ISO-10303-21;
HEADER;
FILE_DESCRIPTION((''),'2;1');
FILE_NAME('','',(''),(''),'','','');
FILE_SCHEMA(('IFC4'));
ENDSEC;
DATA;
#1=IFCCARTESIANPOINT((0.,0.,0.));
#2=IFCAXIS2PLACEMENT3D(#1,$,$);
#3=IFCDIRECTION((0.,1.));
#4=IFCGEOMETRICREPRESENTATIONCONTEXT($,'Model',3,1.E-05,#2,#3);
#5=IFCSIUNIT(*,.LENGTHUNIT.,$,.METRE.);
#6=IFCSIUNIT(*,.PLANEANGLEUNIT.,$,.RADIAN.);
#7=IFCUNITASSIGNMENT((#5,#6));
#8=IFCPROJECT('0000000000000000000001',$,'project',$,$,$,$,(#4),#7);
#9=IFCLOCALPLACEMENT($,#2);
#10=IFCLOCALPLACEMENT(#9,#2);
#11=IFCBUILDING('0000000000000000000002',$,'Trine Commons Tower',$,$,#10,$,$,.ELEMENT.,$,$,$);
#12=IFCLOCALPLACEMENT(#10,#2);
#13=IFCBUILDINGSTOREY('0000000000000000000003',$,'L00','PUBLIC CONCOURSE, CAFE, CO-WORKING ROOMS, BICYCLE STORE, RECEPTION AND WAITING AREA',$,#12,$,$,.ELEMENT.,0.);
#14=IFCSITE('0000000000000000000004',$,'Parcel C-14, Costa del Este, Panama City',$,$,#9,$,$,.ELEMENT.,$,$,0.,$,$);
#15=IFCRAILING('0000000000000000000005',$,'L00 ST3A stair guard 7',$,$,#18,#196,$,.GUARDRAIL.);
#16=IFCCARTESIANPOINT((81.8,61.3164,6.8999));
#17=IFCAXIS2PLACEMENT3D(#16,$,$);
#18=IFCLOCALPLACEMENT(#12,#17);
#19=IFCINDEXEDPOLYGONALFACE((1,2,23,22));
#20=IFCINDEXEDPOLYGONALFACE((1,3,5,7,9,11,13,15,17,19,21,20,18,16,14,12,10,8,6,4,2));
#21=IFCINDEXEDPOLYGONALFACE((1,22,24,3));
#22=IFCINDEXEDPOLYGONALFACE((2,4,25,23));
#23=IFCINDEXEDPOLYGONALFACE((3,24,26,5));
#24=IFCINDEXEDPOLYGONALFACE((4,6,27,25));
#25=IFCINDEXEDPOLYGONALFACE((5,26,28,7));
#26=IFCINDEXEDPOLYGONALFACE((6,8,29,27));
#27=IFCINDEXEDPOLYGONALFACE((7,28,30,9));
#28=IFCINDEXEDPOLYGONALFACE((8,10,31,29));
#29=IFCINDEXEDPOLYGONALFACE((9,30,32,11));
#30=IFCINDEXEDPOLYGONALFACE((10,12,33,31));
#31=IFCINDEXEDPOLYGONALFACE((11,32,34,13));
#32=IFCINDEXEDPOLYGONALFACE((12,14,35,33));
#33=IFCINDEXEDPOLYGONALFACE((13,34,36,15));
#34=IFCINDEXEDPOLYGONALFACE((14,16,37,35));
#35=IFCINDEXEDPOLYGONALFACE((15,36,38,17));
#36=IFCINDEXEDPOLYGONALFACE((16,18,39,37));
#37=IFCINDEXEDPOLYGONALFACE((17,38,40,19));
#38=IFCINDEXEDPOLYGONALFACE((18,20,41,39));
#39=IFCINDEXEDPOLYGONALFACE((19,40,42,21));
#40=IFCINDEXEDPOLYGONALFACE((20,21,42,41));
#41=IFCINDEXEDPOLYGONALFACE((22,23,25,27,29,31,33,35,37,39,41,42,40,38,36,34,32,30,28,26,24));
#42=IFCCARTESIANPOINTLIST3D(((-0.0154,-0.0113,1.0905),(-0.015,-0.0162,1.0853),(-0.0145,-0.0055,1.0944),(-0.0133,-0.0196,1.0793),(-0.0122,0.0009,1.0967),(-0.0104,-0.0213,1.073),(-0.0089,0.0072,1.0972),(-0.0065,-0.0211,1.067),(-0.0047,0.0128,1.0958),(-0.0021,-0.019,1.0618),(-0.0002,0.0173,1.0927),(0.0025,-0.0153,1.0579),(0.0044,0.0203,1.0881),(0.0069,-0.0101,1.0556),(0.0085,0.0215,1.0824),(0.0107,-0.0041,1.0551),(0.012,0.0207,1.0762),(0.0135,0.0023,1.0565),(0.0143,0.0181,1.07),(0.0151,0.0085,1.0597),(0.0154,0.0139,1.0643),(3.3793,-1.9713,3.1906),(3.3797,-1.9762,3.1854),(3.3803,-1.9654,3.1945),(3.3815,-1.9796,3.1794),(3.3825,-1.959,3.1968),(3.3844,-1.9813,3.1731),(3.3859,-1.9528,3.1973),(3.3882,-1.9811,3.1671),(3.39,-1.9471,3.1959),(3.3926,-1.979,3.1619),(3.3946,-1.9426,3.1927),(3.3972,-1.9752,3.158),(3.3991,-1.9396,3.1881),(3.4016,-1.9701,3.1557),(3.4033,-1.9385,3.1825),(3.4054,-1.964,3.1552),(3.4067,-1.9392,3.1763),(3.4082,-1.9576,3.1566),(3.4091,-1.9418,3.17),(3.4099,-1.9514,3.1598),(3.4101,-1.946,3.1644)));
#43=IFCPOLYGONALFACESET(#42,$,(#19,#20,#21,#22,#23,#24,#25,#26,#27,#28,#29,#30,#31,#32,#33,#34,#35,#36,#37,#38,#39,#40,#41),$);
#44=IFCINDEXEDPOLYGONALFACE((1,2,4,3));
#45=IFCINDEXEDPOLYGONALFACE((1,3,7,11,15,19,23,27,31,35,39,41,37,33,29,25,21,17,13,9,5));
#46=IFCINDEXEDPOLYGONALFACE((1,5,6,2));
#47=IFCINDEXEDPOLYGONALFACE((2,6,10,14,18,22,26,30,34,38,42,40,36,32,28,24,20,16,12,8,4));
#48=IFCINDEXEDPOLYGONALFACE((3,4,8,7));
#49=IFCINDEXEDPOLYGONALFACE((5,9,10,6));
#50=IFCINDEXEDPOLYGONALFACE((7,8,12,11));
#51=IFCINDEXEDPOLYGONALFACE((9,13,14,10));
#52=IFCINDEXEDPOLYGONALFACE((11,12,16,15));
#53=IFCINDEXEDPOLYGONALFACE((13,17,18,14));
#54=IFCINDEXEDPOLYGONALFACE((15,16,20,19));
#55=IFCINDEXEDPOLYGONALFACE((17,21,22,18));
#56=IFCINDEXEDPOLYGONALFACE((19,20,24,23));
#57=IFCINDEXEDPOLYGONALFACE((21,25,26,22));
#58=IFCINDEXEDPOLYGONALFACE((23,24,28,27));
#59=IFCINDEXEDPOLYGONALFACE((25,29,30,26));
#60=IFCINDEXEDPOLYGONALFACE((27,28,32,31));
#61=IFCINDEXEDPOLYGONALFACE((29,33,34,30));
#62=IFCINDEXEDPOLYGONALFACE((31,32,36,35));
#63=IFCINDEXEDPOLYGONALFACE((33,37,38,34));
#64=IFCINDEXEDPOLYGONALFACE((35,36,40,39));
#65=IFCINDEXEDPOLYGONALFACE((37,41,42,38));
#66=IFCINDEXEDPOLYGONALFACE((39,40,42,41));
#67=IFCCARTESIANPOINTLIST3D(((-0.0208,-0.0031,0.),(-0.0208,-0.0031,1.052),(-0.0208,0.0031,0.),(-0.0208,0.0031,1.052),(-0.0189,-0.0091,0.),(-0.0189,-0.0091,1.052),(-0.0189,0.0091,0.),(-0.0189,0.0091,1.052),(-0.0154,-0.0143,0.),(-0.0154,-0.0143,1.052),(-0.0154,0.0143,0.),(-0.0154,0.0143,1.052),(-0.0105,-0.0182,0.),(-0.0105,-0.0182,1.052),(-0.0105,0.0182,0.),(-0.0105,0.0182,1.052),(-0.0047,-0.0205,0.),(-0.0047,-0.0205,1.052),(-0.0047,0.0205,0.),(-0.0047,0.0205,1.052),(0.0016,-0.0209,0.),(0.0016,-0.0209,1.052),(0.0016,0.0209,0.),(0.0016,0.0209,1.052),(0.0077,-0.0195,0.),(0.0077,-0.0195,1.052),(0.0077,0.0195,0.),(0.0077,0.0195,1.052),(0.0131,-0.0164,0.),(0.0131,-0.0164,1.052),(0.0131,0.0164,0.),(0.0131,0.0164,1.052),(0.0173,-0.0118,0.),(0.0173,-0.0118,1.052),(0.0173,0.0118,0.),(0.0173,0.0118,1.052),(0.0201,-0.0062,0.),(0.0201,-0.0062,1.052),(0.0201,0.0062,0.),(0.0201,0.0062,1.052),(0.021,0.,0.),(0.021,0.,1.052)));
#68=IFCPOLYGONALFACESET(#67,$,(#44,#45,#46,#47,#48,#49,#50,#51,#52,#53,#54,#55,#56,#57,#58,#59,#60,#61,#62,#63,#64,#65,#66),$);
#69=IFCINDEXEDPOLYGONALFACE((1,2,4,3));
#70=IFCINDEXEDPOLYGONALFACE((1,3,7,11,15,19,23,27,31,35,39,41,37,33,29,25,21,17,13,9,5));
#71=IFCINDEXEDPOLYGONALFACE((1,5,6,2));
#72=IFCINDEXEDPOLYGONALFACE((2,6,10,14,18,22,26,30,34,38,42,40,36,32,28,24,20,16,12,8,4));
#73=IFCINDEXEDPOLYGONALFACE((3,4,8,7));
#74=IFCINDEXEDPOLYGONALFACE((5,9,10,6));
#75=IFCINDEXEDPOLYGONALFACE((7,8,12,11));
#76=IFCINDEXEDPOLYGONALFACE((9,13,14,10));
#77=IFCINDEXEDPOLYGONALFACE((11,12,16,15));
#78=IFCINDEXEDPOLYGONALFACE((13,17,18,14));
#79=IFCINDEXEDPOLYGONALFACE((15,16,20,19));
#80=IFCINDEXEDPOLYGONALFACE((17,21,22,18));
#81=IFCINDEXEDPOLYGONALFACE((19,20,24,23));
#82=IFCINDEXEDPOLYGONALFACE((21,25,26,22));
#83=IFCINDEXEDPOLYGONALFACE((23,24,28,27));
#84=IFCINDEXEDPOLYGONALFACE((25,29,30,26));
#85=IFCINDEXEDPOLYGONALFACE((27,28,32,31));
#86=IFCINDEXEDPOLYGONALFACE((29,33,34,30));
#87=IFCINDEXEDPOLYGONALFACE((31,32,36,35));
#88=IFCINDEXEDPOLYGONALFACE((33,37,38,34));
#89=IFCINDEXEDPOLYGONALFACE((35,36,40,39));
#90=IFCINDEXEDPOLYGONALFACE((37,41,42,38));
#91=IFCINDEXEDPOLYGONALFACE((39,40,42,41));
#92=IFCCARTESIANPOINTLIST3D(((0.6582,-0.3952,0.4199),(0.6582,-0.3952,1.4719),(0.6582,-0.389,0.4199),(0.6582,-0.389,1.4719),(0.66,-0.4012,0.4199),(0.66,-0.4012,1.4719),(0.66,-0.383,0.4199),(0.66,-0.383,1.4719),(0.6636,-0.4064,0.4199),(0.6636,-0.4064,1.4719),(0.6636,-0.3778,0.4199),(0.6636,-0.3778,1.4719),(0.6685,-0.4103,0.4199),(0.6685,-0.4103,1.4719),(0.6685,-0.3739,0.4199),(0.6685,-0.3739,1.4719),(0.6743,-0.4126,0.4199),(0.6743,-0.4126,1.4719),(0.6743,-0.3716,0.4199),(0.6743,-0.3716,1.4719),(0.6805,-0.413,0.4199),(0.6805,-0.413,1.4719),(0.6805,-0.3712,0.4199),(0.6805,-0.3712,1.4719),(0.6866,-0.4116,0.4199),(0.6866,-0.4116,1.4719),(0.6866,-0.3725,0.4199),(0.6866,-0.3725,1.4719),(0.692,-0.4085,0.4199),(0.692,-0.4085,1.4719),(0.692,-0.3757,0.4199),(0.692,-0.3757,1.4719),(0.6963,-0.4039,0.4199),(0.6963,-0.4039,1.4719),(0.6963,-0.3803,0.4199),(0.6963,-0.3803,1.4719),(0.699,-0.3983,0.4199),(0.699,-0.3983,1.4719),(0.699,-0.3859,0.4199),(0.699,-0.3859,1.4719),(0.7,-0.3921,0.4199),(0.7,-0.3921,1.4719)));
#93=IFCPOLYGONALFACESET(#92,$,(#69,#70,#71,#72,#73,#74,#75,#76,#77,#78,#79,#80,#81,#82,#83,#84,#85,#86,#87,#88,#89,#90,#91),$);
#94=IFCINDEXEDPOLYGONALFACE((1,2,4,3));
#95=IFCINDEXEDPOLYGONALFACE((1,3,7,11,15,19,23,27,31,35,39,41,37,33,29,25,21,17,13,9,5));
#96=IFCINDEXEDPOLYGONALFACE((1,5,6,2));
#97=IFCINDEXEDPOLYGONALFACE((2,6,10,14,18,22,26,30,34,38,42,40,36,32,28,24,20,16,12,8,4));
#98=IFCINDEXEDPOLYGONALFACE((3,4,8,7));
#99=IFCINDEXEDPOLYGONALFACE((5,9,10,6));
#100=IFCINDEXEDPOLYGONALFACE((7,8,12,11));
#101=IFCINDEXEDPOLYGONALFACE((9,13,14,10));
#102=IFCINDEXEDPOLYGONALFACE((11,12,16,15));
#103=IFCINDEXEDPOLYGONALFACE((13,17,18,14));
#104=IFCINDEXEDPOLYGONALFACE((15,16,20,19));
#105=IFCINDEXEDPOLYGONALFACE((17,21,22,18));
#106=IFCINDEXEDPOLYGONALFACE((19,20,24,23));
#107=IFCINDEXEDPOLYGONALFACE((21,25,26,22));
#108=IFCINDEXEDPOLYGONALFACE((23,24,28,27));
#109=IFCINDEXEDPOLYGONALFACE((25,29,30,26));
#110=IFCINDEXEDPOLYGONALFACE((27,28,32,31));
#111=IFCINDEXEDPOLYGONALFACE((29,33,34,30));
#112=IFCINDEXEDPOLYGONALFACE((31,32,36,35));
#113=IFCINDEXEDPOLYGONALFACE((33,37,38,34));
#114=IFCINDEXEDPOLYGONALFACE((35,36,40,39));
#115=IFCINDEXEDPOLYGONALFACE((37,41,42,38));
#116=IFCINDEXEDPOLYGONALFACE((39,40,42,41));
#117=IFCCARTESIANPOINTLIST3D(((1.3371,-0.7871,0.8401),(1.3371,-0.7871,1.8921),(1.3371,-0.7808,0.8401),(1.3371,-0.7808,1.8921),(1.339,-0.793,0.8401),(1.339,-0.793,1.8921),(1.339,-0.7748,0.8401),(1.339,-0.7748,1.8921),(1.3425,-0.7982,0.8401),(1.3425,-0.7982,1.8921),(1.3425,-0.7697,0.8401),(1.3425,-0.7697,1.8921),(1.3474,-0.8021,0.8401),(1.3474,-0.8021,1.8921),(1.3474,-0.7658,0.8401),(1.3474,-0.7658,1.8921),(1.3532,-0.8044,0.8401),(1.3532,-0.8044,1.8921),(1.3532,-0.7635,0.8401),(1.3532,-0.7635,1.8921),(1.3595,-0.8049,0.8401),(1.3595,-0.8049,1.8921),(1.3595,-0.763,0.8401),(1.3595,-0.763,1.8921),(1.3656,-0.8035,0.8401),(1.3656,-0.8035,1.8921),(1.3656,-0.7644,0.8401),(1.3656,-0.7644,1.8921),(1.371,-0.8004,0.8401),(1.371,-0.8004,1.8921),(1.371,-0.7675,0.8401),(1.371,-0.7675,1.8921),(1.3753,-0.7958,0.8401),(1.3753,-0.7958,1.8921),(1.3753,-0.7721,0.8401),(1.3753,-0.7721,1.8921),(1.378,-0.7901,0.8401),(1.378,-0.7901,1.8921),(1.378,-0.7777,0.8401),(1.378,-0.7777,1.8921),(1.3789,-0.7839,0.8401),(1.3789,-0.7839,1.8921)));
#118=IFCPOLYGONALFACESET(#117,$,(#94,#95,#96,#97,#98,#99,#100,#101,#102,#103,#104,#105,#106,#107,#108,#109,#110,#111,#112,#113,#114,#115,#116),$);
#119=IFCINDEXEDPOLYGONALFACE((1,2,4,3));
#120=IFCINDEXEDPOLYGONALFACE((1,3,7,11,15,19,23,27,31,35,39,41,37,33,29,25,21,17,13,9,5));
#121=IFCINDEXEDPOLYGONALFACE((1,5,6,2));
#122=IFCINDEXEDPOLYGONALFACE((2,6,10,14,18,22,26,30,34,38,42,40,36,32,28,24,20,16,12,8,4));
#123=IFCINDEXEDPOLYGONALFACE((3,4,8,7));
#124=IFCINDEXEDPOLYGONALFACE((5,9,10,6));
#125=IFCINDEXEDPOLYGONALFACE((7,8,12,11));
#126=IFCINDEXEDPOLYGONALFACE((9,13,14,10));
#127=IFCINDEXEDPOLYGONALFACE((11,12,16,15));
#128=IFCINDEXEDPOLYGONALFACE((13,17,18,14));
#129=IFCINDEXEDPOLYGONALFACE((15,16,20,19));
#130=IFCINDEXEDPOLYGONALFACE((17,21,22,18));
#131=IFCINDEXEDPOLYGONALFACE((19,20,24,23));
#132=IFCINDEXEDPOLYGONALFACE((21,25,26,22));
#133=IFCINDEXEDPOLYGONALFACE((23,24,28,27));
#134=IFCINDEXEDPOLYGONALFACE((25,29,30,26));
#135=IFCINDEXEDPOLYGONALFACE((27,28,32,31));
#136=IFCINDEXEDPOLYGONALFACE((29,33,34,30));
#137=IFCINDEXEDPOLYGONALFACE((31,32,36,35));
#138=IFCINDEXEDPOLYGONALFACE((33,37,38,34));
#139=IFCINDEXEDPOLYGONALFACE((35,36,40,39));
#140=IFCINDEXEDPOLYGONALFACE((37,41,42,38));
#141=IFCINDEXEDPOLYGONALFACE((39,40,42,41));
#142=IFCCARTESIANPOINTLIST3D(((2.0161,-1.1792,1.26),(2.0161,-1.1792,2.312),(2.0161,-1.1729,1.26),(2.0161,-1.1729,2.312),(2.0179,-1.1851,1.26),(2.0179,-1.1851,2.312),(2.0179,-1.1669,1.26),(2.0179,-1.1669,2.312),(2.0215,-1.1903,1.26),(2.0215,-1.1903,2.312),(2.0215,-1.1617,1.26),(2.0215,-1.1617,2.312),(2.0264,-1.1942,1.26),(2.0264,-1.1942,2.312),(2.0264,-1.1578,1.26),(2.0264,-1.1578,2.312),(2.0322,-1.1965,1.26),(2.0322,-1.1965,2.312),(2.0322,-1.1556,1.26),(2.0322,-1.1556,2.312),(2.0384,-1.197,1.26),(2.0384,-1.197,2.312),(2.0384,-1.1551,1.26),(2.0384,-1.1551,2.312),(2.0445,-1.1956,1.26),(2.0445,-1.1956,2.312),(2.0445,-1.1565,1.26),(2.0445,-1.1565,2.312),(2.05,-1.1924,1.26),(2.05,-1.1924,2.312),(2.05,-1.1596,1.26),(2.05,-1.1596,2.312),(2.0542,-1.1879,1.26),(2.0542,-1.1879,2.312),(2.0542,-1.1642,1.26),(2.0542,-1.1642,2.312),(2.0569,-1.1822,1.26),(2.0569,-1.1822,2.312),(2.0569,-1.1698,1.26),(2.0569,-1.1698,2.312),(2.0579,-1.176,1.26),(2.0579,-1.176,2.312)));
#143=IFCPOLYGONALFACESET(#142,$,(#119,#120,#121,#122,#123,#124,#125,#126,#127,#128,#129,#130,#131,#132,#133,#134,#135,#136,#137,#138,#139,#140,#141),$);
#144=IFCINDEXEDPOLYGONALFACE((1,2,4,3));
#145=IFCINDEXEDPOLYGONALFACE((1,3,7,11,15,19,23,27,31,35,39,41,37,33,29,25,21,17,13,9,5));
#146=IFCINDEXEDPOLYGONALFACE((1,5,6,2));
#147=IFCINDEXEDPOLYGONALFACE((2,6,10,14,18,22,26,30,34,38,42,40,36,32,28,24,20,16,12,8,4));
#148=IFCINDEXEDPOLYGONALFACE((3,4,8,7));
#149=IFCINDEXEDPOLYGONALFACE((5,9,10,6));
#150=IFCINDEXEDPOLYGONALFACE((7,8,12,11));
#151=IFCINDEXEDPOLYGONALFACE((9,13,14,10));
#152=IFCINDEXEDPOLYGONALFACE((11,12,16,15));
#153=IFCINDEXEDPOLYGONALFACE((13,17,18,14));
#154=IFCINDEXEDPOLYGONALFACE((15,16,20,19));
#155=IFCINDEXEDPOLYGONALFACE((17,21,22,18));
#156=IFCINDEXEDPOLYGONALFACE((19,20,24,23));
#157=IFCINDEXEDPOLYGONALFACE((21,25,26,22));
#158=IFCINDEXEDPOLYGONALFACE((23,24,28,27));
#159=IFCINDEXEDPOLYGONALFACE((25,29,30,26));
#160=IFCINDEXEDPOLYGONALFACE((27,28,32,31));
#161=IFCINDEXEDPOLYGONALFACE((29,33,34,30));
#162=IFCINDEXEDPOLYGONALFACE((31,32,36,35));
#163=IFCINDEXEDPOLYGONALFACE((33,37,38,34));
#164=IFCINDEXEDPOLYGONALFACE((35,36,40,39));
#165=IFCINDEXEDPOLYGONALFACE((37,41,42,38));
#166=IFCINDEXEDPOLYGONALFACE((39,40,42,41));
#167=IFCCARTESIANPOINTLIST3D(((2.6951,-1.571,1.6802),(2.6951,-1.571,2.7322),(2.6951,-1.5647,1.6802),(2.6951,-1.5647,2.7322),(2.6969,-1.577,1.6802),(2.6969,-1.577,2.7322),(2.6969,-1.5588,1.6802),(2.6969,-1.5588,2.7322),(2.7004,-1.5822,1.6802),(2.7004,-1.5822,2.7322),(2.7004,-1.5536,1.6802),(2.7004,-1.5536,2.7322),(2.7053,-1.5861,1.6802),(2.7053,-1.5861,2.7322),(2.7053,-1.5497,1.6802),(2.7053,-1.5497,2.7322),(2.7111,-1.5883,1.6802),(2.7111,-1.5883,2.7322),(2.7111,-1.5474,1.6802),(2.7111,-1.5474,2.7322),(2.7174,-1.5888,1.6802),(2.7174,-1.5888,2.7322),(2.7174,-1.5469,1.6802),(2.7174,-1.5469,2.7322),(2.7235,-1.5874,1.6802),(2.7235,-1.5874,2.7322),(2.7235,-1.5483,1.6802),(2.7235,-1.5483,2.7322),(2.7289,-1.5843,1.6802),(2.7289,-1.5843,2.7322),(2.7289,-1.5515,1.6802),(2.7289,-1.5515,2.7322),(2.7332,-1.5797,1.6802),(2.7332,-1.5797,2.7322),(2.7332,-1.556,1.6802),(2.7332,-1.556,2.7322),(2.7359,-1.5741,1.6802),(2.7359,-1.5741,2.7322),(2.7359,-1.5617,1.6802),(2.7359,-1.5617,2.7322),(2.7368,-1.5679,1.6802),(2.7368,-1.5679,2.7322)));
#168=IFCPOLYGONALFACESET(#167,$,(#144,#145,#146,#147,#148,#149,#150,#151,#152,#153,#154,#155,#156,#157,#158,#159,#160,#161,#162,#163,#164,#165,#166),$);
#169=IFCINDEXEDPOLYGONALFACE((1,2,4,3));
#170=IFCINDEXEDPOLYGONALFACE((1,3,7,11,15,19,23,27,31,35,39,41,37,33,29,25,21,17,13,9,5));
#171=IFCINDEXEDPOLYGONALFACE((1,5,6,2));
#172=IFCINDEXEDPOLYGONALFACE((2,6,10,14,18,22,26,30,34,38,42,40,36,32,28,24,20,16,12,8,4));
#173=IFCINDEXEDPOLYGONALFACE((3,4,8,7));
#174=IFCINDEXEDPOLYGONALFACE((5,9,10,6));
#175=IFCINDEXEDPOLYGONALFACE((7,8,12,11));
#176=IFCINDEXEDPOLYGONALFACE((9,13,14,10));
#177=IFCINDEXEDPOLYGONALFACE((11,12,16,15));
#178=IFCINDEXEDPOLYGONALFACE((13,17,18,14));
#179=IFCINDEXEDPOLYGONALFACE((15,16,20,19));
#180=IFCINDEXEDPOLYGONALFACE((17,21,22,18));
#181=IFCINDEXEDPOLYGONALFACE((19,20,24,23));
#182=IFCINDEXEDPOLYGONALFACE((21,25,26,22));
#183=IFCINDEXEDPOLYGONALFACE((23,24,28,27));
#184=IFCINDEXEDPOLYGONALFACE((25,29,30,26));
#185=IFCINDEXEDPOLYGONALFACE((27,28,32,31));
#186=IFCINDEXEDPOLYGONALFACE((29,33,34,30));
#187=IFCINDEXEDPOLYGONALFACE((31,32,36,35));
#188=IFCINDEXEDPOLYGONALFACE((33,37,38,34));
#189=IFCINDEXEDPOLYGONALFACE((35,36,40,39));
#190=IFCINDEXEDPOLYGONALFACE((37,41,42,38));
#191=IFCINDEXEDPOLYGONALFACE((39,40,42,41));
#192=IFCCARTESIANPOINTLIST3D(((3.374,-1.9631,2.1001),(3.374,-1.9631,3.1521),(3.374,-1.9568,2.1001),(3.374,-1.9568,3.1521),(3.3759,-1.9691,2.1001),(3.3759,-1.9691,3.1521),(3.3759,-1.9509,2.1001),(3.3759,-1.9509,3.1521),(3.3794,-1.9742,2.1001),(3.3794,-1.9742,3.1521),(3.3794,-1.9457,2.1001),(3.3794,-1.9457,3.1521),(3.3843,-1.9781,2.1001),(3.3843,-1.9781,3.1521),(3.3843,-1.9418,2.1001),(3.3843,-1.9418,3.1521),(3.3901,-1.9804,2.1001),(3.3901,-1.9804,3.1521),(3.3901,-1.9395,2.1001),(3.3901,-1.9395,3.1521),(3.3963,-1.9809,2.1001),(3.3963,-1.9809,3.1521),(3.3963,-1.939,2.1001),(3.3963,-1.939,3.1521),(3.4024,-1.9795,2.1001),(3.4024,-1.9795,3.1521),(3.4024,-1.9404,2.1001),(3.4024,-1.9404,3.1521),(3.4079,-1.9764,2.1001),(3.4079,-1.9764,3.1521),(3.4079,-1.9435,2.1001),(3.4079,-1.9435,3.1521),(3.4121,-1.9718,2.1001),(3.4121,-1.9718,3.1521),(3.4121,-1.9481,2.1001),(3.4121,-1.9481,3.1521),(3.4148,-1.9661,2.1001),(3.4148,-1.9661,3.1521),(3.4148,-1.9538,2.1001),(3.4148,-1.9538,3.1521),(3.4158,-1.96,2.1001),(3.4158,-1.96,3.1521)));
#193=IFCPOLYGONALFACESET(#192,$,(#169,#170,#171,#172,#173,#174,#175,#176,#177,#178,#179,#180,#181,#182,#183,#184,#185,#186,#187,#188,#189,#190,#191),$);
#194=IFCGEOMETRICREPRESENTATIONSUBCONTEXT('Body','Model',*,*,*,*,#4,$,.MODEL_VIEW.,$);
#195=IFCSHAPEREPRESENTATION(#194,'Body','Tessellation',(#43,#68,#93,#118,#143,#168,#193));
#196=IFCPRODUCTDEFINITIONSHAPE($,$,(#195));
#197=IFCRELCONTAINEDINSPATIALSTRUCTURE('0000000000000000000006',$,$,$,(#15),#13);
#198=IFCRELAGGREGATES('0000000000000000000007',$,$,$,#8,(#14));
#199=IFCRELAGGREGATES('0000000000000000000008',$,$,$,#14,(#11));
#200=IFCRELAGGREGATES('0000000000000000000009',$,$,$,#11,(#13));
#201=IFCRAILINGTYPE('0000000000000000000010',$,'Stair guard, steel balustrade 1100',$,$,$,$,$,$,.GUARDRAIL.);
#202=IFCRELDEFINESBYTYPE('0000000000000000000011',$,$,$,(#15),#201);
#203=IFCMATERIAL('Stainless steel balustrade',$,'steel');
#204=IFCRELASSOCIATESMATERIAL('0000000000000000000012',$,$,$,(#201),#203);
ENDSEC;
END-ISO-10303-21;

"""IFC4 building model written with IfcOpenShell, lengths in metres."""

from ifc_helpers import new_model, si_unit, direction, frame, origin, origin_2d, place, context, subcontext, project, spatial, circle, extrude, material, type_object, element, save


model = new_model("IFC4")

# Units and contexts
model_context = context("Model", 3, precision=1e-05, world=origin(), true_north=direction((0.0, 1.0)))
body_context = subcontext(model_context, "Body", "Model", "MODEL_VIEW")
ifc_project = project(units=[si_unit("LENGTHUNIT", "METRE"), si_unit("PLANEANGLEUNIT", "RADIAN")], contexts=[model_context])

# Site, building, storey
site_placement = place(None, origin())
site = spatial("IfcSite", under=ifc_project, at=site_placement, Name="Parcel C-14, Costa del Este, Panama City", CompositionType="ELEMENT", RefElevation=0.0)
building_placement = place(site_placement, origin())
building = spatial("IfcBuilding", under=site, at=building_placement, Name="Trine Commons Tower", CompositionType="ELEMENT")
storey_placement = place(building_placement, origin())
storey = spatial("IfcBuildingStorey", under=building, at=storey_placement, Name="L00", Description="PUBLIC CONCOURSE, CAFE, CO-WORKING ROOMS, BICYCLE STORE, RECEPTION AND WAITING AREA", CompositionType="ELEMENT", Elevation=0.0)

# Railing
ifc_material_1 = material(Name="Stainless steel balustrade", Category="steel")
railing_type_1 = type_object("IfcRailingType", Name="Stair guard, steel balustrade 1100", PredefinedType="GUARDRAIL", material=ifc_material_1)
railing_1_placement = place(storey_placement, frame((81.8, 61.3164, 6.8999)))
element("IfcRailing", 1, at=railing_1_placement, inside=storey, type_object=railing_type_1, Name="L00 ST3A stair guard 7", PredefinedType="GUARDRAIL", context=body_context, shape_type="SweptSolid", body=[
    extrude(circle(Radius=0.0239, at=origin_2d()), frame((0.0, 0.0, 1.0762), z_axis=(0.763375, -0.440732, 0.472244), x_axis=(0.499997, 0.866027, 0.0)), (0.0, 0.0, 1.0), 4.447),
    extrude(circle(Radius=0.021, at=origin_2d()), origin(), (0.0, 0.0, 1.0), 1.052),
    extrude(circle(Radius=0.021, at=origin_2d()), frame((0.679, -0.3921, 0.4199)), (0.0, 0.0, 1.0), 1.052),
    extrude(circle(Radius=0.021, at=origin_2d()), frame((1.3579, -0.7839, 0.8401)), (0.0, 0.0, 1.0), 1.052),
    extrude(circle(Radius=0.021, at=origin_2d()), frame((2.0369, -1.176, 1.26)), (0.0, 0.0, 1.0), 1.052),
    extrude(circle(Radius=0.021, at=origin_2d()), frame((2.7158, -1.5679, 1.6802)), (0.0, 0.0, 1.0), 1.052),
    extrude(circle(Radius=0.021, at=origin_2d()), frame((3.3948, -1.96, 2.1001)), (0.0, 0.0, 1.0), 1.052),
])

save(model, "model.ifc")
